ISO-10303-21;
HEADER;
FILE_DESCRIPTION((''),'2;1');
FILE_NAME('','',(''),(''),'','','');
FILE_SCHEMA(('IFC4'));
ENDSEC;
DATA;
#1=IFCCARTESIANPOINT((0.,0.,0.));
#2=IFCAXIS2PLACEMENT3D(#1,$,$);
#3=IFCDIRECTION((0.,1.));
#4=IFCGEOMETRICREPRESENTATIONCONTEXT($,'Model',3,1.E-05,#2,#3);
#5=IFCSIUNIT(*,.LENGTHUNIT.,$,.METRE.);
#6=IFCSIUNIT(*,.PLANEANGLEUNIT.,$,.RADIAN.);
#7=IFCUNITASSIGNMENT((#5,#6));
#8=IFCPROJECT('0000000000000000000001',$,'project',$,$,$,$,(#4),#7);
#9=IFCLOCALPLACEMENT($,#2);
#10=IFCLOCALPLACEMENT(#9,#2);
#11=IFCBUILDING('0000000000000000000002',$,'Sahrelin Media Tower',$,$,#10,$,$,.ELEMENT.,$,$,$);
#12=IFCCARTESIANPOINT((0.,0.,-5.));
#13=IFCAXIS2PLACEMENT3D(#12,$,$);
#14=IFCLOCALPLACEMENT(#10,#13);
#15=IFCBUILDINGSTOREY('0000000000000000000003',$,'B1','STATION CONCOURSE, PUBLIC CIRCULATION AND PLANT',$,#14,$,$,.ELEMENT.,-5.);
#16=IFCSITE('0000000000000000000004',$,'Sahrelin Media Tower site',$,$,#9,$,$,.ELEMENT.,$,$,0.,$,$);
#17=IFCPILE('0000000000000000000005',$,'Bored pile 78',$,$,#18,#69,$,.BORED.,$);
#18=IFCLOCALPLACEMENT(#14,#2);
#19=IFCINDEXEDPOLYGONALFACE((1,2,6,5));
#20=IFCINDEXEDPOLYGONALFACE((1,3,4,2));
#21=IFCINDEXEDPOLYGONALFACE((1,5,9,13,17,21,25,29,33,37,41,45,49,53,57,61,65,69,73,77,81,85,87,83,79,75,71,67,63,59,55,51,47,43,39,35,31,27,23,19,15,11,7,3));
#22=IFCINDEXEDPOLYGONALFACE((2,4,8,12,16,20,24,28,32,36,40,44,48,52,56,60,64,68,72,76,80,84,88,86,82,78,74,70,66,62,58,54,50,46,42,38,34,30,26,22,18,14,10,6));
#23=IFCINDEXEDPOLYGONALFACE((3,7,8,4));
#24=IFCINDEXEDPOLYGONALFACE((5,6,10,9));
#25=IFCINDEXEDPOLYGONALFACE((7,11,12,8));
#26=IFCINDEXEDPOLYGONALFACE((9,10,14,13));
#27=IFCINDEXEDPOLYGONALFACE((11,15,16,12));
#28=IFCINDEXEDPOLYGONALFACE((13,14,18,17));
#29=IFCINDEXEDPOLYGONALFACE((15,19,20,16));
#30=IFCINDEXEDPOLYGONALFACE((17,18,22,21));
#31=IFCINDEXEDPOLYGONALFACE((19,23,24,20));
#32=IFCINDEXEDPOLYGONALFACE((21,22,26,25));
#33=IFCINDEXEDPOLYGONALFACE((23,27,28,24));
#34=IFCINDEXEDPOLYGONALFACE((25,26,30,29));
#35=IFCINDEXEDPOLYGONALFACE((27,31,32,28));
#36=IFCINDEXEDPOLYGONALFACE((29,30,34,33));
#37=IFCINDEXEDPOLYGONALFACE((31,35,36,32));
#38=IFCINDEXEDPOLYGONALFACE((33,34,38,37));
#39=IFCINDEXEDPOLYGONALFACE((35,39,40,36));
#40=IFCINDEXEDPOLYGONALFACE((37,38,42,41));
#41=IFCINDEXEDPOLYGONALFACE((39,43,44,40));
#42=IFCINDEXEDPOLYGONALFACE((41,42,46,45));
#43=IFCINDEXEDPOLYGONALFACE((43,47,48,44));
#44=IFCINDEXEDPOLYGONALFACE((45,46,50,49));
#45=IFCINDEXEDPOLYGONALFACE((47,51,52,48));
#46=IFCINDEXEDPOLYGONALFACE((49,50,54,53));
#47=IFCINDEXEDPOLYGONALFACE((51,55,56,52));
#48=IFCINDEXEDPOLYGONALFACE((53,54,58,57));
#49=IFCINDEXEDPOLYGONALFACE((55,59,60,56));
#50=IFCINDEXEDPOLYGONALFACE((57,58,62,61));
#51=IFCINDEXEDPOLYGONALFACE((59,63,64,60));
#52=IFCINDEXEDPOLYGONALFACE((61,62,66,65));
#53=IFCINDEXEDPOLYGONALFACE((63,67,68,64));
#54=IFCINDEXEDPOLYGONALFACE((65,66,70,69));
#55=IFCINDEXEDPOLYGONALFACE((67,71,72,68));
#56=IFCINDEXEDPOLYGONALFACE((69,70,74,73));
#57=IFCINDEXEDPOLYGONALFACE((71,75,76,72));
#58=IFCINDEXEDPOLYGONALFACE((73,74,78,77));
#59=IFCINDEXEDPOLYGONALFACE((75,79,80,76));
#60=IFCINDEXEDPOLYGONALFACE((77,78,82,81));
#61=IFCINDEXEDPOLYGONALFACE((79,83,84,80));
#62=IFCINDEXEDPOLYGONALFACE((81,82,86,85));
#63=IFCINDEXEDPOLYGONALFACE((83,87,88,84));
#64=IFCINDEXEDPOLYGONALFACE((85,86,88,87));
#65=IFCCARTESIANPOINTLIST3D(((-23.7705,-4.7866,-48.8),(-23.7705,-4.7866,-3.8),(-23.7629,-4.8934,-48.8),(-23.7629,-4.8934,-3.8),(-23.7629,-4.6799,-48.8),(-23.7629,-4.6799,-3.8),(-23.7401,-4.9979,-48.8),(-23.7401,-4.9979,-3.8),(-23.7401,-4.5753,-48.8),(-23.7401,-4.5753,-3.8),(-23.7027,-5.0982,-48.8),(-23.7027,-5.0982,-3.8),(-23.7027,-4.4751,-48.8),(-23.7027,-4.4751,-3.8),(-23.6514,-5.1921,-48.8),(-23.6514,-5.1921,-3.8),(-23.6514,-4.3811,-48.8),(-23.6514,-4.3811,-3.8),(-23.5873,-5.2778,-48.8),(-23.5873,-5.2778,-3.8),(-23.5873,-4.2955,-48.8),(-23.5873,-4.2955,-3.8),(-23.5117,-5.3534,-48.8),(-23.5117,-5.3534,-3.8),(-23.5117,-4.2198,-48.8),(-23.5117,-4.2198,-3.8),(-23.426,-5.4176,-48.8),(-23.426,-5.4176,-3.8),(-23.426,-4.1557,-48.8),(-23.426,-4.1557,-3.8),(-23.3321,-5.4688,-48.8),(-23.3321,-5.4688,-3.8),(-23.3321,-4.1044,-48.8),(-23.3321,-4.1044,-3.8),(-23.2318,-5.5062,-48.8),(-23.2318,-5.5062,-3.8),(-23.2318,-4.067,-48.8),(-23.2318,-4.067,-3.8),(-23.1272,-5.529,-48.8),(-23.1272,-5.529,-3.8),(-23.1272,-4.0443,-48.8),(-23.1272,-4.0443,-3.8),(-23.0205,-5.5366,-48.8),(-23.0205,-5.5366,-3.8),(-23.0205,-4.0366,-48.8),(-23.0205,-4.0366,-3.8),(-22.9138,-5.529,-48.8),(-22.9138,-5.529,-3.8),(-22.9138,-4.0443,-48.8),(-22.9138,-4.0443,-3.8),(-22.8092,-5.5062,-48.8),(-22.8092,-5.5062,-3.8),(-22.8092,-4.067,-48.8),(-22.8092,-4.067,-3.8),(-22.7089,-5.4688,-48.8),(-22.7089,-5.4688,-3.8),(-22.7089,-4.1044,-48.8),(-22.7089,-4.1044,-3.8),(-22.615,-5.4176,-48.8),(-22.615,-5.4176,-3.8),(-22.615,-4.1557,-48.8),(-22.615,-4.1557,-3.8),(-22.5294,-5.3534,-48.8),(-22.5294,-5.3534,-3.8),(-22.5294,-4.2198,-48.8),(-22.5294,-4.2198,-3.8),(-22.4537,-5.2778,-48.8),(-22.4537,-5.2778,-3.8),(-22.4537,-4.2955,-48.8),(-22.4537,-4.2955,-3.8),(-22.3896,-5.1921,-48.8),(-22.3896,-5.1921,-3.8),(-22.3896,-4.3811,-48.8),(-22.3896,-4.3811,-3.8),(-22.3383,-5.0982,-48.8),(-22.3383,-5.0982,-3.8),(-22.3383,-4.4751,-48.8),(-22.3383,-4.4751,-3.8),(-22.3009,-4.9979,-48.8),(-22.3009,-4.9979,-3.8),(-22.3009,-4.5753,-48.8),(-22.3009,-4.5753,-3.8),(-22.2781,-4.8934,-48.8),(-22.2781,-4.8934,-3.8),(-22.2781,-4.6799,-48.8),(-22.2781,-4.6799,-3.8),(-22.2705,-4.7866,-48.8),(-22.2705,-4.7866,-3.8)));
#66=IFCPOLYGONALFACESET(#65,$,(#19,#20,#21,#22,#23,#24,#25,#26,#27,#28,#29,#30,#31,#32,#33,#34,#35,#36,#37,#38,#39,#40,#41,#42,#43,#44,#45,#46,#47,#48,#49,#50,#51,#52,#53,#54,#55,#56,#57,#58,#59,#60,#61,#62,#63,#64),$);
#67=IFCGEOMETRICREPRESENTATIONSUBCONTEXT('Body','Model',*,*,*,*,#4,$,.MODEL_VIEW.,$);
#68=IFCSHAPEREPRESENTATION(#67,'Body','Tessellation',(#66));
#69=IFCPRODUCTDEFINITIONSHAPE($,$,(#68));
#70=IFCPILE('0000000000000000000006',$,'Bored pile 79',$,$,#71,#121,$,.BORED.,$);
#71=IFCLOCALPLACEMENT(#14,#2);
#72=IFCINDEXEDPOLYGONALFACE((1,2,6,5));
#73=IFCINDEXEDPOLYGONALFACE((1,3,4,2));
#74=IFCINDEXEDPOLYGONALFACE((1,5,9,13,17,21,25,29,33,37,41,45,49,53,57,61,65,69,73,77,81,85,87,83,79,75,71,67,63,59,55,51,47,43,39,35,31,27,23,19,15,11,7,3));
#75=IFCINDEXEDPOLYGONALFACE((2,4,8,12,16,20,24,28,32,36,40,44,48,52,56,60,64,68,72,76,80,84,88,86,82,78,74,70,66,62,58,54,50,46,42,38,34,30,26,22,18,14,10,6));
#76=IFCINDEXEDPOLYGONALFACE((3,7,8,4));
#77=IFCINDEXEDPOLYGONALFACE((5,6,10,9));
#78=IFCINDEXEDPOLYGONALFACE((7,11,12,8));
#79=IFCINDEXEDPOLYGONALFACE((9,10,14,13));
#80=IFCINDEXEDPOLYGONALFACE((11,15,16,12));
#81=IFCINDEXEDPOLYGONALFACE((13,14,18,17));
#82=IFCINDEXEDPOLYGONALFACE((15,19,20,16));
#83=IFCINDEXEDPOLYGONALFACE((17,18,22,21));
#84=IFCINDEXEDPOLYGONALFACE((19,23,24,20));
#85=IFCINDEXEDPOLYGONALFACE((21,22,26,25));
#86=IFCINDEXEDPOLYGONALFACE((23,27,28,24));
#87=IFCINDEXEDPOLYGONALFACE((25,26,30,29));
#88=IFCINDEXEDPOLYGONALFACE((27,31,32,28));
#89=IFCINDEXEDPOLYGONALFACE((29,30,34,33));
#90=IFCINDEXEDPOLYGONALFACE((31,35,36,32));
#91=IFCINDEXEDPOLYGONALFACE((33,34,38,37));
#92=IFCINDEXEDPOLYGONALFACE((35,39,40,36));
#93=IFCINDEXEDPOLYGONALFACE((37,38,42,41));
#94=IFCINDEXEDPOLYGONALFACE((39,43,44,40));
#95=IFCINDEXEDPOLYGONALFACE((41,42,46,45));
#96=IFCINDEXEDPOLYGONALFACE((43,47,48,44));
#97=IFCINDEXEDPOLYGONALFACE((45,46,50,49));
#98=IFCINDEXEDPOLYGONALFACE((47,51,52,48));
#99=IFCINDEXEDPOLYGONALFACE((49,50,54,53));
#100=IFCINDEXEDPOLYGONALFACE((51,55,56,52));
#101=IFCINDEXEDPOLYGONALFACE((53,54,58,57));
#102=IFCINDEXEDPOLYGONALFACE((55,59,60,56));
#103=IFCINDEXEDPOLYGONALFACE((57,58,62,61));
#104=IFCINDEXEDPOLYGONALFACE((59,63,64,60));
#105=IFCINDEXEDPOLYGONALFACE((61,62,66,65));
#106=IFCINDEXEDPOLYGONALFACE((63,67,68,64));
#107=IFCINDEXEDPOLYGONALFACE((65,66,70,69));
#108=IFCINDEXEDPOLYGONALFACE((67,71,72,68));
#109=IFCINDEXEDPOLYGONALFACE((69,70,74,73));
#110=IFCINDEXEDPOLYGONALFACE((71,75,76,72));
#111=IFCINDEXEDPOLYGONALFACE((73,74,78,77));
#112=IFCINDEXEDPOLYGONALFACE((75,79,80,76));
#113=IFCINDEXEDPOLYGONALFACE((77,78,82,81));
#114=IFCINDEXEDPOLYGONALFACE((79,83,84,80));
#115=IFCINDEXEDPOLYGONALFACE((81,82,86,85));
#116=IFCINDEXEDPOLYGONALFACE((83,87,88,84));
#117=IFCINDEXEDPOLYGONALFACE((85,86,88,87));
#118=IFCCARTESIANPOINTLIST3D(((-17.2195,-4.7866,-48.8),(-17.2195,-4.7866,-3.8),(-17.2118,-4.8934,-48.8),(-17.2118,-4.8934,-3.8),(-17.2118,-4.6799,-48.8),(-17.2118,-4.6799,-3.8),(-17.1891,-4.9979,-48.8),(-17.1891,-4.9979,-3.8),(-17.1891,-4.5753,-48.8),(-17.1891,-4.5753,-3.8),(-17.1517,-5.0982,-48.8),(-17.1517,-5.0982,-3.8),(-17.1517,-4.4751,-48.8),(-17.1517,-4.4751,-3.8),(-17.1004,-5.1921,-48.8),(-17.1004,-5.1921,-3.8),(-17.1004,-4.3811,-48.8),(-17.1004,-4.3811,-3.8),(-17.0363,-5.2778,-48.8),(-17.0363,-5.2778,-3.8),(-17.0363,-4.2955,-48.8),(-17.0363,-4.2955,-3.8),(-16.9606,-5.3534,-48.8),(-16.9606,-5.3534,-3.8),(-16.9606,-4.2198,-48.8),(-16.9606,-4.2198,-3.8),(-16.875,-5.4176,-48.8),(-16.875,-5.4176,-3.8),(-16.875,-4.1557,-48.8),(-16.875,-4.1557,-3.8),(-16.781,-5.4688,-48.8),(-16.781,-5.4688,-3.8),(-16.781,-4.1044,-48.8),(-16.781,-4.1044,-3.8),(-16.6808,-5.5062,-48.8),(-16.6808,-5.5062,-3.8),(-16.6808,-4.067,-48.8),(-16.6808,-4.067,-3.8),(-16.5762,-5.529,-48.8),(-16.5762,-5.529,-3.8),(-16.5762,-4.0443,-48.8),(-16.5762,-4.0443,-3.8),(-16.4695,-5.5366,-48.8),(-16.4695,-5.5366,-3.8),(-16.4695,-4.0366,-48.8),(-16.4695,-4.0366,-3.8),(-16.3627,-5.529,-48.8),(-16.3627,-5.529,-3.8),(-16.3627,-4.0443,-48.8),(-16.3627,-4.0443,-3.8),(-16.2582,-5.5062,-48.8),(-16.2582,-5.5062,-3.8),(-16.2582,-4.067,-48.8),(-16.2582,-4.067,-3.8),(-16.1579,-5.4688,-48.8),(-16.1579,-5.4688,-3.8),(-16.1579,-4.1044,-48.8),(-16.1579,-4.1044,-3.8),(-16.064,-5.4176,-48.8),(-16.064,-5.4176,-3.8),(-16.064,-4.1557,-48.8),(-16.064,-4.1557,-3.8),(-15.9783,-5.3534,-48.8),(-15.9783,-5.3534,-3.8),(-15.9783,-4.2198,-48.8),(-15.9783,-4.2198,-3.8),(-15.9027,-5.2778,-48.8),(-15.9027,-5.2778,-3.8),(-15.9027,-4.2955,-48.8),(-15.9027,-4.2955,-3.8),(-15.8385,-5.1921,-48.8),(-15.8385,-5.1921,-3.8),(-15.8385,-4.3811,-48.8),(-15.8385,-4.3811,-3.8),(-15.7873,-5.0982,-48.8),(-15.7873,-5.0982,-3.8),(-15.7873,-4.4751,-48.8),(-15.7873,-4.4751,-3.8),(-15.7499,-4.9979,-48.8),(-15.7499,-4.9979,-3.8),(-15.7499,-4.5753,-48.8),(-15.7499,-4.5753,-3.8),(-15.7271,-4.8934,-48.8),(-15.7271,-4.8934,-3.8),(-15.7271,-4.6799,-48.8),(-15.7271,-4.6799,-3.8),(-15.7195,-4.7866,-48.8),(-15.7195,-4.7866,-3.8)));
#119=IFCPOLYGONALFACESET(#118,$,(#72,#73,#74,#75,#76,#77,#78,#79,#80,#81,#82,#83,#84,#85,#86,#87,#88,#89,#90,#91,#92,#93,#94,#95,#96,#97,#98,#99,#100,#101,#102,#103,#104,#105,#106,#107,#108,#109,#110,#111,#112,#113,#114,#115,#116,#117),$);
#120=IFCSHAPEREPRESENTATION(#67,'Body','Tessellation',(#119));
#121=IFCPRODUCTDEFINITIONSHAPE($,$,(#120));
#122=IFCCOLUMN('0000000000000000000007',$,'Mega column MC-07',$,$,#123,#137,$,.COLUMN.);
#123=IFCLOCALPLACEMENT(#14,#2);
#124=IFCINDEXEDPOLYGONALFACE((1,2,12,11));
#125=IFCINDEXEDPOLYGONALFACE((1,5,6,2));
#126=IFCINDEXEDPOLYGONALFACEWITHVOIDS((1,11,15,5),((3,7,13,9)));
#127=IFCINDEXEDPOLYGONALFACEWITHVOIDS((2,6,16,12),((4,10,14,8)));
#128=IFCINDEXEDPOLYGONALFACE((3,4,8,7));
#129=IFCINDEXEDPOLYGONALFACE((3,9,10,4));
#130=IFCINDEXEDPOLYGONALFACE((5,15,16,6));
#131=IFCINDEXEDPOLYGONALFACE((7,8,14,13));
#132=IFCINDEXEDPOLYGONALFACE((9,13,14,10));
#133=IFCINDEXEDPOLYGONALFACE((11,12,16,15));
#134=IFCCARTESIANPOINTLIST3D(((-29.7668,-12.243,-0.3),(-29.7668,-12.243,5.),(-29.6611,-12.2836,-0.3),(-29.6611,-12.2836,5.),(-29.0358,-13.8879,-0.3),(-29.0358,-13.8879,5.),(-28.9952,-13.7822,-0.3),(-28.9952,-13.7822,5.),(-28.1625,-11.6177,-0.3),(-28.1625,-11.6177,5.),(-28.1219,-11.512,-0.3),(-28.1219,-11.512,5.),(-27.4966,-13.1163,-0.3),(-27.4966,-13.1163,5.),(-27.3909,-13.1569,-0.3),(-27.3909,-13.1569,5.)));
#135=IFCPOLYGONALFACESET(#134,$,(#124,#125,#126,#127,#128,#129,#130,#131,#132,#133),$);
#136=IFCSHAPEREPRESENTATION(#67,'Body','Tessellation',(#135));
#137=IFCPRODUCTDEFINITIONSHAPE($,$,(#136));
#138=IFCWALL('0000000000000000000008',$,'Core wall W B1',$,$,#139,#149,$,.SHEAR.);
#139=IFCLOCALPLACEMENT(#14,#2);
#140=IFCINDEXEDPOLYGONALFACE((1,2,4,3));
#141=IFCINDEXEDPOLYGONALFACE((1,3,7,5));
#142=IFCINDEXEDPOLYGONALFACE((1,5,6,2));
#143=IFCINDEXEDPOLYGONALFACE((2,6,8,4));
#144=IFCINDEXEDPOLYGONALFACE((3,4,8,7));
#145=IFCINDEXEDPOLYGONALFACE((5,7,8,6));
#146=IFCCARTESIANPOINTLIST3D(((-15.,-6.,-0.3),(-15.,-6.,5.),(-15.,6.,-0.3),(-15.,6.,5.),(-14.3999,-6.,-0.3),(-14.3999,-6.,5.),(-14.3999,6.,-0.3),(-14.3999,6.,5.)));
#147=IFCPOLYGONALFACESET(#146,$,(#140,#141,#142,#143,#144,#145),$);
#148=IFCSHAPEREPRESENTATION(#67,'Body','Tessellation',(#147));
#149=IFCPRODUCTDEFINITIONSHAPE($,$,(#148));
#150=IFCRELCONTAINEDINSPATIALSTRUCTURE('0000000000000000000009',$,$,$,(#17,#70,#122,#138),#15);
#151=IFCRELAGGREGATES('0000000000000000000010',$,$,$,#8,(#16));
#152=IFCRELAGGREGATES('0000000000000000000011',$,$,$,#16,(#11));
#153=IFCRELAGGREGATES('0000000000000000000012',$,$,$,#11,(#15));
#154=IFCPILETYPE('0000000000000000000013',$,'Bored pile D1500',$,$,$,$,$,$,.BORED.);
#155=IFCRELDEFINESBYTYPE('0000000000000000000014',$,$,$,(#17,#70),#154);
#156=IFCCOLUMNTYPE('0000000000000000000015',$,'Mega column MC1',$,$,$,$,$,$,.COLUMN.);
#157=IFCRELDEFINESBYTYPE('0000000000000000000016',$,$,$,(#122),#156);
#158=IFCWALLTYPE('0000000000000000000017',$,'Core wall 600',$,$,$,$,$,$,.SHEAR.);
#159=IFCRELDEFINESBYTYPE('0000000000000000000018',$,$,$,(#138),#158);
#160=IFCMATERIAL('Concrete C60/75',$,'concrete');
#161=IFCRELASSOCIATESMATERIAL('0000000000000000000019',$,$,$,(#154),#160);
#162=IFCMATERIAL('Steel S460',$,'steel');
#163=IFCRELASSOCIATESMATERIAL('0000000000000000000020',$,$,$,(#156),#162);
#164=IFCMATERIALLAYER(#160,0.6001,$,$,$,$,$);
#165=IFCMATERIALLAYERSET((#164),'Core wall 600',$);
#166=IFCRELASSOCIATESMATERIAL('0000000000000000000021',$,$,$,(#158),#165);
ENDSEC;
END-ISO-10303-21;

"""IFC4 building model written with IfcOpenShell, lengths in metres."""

from ifc_helpers import new_model, si_unit, direction, frame, frame_2d, origin, origin_2d, place, context, subcontext, project, spatial, rectangle, hollow_rectangle, circle, extrude, material, layer, layer_set, material_profile, profile_set, type_object, element, save


model = new_model("IFC4")

# Units and contexts
model_context = context("Model", 3, precision=1e-05, world=origin(), true_north=direction((0.0, 1.0)))
body_context = subcontext(model_context, "Body", "Model", "MODEL_VIEW")
ifc_project = project(units=[si_unit("LENGTHUNIT", "METRE"), si_unit("PLANEANGLEUNIT", "RADIAN")], contexts=[model_context])

# Site, building, storey
site_placement = place(None, origin())
site = spatial("IfcSite", under=ifc_project, at=site_placement, Name="Sahrelin Media Tower site", CompositionType="ELEMENT", RefElevation=0.0)
building_placement = place(site_placement, origin())
building = spatial("IfcBuilding", under=site, at=building_placement, Name="Sahrelin Media Tower", CompositionType="ELEMENT")
storey_placement = place(building_placement, frame((0.0, 0.0, -5.0)))
storey = spatial("IfcBuildingStorey", under=building, at=storey_placement, Name="B1", Description="STATION CONCOURSE, PUBLIC CIRCULATION AND PLANT", CompositionType="ELEMENT", Elevation=-5.0)

# Piles
ifc_material_1 = material(Name="Concrete C60/75", Category="concrete")
ifc_material_profile_1 = material_profile(ifc_material_1, circle(Radius=0.75, at=origin_2d()), Name="Bored pile D1500")
ifc_profile_set_1 = profile_set([ifc_material_profile_1], Name="Concrete C60/75")
pile_type = type_object("IfcPileType", Name="Bored pile D1500", PredefinedType="BORED", material=ifc_profile_set_1)
for number, where, z_axis, x_axis, name in (
    (1, (-23.0205, -4.7866, -3.8), (0.0, 0.0, -1.0), (1.0, 0.0, 0.0), "Bored pile 78"),
    (2, (-16.4695, -4.7866, -3.8), (0.0, 0.0, -1.0), (1.0, 0.0, 0.0), "Bored pile 79"),
):
    element("IfcPile", number, at=place(storey_placement, frame(where, z_axis=z_axis, x_axis=x_axis)), inside=storey, type_object=pile_type, Name=name, PredefinedType="BORED", context=body_context, shape_type="SweptSolid", body=[
        extrude(circle(Radius=0.75, at=origin_2d()), origin(), (0.0, 0.0, 1.0), 45.0),
    ])

# Column
ifc_material_2 = material(Name="Steel S460", Category="steel")
ifc_material_profile_2 = material_profile(ifc_material_2, hollow_rectangle(XDim=1.8, YDim=1.8, WallThickness=0.0801, at=origin_2d()), Name="Mega column MC1")
ifc_profile_set_2 = profile_set([ifc_material_profile_2], Name="Steel S460")
column_type = type_object("IfcColumnType", Name="Mega column MC1", PredefinedType="COLUMN", material=ifc_profile_set_2)
column_placement = place(storey_placement, frame((-28.5789, -12.7, -0.3), z_axis=(0.0, 0.0, 1.0), x_axis=(-0.913831, -0.406094, 0.0)))
element("IfcColumn", 3, at=column_placement, inside=storey, type_object=column_type, Name="Mega column MC-07", PredefinedType="COLUMN", context=body_context, shape_type="SweptSolid", body=[
    extrude(hollow_rectangle(XDim=1.8, YDim=1.8, WallThickness=0.0801, at=origin_2d()), origin(), (0.0, 0.0, 1.0), 5.3),
])

# Wall
ifc_layer_1 = layer(ifc_material_1, 0.6001)
ifc_layer_set_1 = layer_set([ifc_layer_1], Name="Core wall 600")
wall_type_1 = type_object("IfcWallType", Name="Core wall 600", PredefinedType="SHEAR", material=ifc_layer_set_1)
wall_1_placement = place(storey_placement, frame((-14.7, -6.0, -0.3), z_axis=(0.0, 0.0, 1.0), x_axis=(0.0, 1.0, 0.0)))
element("IfcWall", 4, at=wall_1_placement, inside=storey, type_object=wall_type_1, Name="Core wall W B1", PredefinedType="SHEAR", context=body_context, shape_type="SweptSolid", body=[
    extrude(rectangle(XDim=12.0, YDim=0.6001, at=frame_2d((6.0, 0.0))), origin(), (0.0, 0.0, 1.0), 5.3),
])

save(model, "model.ifc")
